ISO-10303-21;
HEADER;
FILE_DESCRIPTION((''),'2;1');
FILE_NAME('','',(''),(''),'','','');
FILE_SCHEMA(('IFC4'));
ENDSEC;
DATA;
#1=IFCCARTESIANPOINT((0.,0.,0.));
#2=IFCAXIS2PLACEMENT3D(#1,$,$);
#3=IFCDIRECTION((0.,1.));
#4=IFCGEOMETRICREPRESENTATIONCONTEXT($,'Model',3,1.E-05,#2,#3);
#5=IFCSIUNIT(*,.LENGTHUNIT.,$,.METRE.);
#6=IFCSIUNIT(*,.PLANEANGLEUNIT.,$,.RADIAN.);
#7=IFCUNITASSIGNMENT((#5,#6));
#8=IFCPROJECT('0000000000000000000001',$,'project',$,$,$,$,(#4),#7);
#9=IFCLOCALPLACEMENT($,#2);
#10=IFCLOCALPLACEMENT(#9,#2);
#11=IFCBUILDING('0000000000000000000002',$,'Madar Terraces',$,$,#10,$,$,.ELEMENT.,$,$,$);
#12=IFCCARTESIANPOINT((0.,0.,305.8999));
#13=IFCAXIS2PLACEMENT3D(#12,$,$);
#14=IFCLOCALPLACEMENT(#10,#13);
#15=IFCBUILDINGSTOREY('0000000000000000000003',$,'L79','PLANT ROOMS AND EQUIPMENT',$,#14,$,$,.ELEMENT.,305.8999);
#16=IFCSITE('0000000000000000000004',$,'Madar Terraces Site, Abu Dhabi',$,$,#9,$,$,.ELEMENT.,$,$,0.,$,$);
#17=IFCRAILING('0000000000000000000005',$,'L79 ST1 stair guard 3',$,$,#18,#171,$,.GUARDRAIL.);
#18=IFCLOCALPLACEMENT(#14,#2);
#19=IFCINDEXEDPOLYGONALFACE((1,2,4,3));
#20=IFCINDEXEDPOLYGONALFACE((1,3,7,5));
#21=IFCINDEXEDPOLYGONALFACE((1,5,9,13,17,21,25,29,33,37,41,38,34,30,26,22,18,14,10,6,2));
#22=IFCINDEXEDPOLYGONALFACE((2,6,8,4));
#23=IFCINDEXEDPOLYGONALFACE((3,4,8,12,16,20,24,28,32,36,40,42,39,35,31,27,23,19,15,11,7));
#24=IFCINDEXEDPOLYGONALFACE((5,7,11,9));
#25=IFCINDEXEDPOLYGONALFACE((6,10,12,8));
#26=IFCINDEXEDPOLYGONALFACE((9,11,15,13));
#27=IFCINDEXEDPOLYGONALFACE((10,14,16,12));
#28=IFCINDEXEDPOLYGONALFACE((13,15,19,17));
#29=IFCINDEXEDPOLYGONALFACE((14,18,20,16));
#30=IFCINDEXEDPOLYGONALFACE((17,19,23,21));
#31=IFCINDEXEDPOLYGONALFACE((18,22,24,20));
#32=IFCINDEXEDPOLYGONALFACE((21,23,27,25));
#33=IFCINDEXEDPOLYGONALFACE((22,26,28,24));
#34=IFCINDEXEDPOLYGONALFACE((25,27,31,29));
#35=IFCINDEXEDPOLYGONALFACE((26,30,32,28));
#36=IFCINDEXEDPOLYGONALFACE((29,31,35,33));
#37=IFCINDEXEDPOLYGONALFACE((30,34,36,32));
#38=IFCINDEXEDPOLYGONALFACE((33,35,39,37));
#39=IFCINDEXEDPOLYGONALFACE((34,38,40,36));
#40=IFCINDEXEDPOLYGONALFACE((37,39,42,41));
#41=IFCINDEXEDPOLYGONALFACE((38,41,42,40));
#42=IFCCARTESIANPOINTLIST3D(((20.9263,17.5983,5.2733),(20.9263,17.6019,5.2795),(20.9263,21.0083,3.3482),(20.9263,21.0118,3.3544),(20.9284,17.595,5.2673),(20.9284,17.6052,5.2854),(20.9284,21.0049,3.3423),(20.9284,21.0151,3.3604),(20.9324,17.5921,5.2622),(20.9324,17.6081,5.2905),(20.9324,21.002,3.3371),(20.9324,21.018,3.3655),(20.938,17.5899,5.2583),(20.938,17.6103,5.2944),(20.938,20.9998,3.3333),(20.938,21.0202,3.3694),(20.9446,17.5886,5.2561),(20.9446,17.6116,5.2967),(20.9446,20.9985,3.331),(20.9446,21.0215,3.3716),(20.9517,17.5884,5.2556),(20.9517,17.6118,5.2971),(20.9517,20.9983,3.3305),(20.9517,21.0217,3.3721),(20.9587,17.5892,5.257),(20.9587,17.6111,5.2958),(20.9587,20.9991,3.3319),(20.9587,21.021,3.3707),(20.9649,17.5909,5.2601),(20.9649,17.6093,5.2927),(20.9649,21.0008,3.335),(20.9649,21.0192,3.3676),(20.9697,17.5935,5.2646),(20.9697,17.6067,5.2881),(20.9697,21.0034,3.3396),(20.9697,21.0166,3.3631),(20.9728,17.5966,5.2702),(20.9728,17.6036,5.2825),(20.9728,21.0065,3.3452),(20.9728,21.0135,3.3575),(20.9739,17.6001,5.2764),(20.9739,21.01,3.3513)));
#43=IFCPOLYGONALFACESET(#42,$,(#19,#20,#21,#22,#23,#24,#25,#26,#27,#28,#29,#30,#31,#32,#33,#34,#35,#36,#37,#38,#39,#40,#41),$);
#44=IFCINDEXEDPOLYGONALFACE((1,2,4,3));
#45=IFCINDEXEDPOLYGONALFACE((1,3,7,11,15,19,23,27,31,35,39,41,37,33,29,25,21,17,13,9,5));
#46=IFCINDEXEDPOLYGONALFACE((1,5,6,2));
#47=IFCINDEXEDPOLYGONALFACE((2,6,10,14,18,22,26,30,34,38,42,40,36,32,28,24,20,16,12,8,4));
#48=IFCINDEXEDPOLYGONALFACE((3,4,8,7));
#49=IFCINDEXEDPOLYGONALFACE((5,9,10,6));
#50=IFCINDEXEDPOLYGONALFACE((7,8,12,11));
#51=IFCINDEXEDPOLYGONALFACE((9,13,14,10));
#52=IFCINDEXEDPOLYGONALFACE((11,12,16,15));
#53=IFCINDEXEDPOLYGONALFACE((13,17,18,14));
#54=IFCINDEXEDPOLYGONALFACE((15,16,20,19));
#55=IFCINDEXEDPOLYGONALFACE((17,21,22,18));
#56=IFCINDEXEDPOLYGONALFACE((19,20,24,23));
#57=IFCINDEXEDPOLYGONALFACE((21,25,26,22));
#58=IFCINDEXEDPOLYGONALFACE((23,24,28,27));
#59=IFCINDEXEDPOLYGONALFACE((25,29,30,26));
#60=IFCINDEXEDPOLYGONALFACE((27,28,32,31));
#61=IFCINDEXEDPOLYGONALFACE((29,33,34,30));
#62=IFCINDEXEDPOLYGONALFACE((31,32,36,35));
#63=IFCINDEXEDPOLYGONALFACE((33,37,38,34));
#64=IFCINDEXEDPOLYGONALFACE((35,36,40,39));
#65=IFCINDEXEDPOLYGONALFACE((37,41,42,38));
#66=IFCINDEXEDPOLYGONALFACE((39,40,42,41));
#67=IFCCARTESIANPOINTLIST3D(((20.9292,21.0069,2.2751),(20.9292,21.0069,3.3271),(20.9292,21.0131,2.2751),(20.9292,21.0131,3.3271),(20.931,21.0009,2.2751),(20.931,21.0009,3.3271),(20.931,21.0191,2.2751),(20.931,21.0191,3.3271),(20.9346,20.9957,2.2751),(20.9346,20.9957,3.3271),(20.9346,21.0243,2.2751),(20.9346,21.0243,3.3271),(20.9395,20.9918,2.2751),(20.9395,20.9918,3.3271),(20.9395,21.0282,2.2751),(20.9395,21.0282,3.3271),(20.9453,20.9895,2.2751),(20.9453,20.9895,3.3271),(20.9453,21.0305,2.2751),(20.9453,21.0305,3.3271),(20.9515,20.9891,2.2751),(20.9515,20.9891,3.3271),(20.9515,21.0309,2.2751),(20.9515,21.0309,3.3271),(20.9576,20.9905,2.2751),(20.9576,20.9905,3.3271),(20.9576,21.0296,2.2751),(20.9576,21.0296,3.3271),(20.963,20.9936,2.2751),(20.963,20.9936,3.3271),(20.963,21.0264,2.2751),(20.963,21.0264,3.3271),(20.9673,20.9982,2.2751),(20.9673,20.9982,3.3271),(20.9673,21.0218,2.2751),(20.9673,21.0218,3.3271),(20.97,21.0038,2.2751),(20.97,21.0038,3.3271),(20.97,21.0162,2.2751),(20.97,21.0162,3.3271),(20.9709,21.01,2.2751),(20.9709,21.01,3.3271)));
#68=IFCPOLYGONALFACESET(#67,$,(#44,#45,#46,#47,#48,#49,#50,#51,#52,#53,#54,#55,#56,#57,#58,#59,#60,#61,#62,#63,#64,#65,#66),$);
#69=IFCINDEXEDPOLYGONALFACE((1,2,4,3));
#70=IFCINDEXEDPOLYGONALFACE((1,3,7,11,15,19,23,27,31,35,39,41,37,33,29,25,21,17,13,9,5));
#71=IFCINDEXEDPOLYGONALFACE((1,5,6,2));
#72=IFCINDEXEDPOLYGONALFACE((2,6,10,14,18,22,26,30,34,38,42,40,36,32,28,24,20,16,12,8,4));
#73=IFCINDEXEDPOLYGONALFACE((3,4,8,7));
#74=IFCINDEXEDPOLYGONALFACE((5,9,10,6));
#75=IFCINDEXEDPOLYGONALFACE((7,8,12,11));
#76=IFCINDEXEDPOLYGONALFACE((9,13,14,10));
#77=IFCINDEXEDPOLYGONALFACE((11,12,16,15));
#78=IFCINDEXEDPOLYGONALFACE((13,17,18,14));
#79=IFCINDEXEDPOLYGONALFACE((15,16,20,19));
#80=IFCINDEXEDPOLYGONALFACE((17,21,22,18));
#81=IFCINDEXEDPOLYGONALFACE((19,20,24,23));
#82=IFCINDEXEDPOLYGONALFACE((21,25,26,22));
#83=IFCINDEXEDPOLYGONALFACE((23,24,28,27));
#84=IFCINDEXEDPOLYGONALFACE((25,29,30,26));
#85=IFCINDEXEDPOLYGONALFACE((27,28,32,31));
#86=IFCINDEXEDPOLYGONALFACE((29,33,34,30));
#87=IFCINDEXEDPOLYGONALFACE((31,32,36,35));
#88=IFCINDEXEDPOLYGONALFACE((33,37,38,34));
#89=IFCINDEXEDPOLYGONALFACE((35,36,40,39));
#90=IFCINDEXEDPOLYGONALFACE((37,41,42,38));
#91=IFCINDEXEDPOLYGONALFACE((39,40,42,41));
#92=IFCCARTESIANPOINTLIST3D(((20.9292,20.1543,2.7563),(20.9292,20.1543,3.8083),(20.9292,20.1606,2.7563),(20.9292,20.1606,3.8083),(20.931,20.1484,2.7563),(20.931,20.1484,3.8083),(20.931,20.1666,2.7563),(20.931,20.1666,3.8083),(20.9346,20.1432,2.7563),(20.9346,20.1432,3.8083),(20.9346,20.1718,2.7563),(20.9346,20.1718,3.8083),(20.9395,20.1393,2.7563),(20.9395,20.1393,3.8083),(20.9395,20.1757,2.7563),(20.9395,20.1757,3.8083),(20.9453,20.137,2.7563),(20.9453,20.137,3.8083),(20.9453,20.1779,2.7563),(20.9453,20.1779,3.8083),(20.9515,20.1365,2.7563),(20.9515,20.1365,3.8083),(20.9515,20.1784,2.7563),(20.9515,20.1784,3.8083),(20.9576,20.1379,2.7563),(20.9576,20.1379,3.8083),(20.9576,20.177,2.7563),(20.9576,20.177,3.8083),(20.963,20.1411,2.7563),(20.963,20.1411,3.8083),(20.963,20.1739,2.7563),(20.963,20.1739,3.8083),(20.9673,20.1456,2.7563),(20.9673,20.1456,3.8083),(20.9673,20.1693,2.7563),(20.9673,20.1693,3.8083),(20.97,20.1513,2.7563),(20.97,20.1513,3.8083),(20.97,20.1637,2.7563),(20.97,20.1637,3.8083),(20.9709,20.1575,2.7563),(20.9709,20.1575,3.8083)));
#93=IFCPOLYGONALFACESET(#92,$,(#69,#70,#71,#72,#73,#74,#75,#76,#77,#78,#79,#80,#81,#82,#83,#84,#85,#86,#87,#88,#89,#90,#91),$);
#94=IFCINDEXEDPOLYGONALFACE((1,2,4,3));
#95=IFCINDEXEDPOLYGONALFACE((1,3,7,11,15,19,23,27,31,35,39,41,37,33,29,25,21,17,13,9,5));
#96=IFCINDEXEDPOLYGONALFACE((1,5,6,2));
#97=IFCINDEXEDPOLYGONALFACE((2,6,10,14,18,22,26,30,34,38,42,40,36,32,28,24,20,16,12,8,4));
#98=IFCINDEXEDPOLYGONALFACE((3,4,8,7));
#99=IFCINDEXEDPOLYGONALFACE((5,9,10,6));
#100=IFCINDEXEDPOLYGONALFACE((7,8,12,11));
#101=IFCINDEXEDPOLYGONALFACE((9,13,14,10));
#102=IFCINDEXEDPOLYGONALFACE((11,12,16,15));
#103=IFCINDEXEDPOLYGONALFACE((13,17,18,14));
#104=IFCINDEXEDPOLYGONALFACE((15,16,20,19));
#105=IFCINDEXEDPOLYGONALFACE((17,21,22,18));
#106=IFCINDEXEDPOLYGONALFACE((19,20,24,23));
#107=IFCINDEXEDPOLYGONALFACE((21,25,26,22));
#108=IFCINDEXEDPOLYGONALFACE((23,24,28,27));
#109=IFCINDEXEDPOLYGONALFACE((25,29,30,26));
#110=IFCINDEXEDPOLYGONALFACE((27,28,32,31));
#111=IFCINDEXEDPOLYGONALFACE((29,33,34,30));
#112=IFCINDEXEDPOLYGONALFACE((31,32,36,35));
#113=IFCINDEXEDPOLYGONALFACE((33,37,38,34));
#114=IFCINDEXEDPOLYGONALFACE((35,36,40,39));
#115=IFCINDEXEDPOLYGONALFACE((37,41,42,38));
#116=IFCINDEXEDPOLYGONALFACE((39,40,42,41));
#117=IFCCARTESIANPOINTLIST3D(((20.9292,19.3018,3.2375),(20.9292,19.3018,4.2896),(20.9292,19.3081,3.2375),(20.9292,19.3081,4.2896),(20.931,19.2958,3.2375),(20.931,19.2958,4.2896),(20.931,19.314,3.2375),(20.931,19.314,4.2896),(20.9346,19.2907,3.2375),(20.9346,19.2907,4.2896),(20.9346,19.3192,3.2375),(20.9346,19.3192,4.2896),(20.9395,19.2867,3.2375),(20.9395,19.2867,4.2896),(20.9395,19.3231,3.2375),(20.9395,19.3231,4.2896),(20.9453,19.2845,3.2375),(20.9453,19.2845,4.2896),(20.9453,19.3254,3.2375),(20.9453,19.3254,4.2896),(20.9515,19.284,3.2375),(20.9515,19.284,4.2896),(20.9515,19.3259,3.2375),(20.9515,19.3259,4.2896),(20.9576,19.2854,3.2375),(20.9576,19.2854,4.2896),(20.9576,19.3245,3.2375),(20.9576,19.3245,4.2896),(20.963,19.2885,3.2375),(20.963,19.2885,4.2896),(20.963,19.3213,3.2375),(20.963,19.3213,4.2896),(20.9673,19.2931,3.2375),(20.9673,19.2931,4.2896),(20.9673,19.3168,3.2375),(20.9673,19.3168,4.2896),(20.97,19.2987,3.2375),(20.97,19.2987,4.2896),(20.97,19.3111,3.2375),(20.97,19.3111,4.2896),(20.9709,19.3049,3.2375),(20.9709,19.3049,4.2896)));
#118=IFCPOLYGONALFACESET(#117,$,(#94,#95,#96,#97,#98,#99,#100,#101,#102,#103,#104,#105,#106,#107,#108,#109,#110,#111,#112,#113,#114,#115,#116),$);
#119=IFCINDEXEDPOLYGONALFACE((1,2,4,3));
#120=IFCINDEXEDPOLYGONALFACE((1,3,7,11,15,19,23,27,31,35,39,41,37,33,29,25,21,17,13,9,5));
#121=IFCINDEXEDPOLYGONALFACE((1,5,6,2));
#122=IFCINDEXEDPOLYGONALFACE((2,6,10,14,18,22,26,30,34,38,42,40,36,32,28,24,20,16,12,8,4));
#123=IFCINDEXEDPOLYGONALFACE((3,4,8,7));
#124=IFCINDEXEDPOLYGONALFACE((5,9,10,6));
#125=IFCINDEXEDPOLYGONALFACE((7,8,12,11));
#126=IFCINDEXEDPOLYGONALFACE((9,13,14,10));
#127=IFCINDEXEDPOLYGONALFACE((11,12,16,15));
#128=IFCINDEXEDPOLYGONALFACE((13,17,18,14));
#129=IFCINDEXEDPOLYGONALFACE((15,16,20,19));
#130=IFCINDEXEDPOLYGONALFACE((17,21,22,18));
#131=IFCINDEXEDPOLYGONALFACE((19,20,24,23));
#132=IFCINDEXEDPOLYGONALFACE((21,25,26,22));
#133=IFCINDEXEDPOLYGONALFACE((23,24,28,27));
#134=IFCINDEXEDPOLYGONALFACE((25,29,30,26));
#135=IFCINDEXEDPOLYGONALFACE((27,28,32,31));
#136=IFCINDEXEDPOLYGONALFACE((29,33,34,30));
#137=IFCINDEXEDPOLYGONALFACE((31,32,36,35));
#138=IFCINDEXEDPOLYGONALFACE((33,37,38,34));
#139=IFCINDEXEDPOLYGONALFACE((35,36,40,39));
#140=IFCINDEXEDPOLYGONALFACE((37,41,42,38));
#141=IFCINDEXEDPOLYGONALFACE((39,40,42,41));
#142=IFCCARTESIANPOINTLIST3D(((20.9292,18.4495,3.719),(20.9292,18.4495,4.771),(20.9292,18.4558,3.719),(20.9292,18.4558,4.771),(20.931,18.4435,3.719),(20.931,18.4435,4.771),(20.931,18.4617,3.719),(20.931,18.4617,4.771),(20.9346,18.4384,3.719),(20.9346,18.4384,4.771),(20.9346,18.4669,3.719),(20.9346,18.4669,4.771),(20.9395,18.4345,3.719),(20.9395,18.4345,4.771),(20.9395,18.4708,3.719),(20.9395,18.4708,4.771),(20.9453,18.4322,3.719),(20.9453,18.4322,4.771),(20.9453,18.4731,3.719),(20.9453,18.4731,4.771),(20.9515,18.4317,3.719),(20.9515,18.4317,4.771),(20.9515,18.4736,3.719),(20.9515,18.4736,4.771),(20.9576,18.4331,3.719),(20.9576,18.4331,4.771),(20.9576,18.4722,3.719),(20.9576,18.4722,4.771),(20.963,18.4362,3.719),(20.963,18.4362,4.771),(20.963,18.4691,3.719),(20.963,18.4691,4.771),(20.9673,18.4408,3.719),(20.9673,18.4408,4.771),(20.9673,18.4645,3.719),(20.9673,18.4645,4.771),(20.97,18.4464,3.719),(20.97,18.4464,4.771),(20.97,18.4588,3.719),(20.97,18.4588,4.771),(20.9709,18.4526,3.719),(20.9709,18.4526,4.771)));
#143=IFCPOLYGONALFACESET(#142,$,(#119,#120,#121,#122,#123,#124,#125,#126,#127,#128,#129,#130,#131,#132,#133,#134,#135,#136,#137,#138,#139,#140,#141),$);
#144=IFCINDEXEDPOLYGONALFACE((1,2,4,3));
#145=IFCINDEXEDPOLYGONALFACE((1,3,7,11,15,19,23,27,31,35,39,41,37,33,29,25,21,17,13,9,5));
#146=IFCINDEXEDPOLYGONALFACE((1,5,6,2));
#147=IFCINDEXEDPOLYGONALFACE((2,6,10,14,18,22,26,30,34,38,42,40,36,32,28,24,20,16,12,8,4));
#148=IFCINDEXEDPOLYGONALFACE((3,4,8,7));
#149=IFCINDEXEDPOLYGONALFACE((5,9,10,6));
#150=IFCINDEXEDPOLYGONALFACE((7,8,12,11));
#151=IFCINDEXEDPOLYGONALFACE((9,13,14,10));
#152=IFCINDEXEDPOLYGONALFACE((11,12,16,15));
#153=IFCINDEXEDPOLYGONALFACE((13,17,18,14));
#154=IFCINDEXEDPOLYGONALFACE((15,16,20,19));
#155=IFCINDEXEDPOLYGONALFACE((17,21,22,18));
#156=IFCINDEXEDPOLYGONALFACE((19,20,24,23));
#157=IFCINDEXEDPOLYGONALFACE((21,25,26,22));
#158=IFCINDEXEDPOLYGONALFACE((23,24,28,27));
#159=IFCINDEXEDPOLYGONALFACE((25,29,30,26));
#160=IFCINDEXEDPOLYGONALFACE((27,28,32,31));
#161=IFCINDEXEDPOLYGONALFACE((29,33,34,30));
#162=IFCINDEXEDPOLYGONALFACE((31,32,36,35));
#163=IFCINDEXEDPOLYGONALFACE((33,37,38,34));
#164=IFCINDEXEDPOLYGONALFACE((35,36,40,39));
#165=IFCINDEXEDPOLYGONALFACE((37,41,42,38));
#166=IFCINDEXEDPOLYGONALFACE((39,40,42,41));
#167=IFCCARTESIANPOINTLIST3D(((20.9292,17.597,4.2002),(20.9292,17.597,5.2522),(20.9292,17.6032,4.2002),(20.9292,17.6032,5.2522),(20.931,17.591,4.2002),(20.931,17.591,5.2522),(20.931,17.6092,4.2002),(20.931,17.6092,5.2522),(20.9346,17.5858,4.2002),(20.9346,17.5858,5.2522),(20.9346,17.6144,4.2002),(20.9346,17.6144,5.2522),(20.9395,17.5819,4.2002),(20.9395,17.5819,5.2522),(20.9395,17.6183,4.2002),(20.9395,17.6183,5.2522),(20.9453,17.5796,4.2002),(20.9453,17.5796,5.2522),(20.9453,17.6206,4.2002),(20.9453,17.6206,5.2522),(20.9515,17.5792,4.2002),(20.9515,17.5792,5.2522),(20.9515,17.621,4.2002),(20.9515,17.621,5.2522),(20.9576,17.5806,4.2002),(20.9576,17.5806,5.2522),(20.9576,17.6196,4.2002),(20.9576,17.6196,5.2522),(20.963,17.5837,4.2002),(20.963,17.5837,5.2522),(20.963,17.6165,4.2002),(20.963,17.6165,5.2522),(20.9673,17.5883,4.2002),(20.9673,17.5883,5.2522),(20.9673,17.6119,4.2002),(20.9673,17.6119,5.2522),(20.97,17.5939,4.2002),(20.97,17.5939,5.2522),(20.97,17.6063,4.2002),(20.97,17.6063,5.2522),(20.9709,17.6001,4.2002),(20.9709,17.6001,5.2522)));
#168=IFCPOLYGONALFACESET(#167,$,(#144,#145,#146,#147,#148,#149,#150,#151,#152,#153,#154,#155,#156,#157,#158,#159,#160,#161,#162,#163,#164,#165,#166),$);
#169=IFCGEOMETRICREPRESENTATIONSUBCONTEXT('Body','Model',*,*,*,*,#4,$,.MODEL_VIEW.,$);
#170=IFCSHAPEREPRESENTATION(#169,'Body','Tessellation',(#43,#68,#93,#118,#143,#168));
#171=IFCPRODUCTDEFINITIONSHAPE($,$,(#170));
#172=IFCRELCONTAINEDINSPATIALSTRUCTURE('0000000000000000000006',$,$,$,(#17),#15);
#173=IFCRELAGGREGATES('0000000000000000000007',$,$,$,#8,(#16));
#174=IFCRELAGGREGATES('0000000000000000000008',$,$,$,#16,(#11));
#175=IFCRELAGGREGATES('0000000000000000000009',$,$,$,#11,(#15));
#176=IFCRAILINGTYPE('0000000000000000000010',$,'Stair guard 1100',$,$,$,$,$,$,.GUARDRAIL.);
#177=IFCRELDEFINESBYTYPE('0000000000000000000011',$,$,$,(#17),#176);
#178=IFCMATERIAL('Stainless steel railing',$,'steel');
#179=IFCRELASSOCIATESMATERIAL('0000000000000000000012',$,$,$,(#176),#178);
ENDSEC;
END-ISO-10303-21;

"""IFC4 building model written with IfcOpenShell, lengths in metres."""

from ifc_helpers import new_model, si_unit, direction, frame, origin, origin_2d, place, context, subcontext, project, spatial, circle, extrude, material, type_object, element, save


model = new_model("IFC4")

# Units and contexts
model_context = context("Model", 3, precision=1e-05, world=origin(), true_north=direction((0.0, 1.0)))
body_context = subcontext(model_context, "Body", "Model", "MODEL_VIEW")
ifc_project = project(units=[si_unit("LENGTHUNIT", "METRE"), si_unit("PLANEANGLEUNIT", "RADIAN")], contexts=[model_context])

# Site, building, storey
site_placement = place(None, origin())
site = spatial("IfcSite", under=ifc_project, at=site_placement, Name="Madar Terraces Site, Abu Dhabi", CompositionType="ELEMENT", RefElevation=0.0)
building_placement = place(site_placement, origin())
building = spatial("IfcBuilding", under=site, at=building_placement, Name="Madar Terraces", CompositionType="ELEMENT")
storey_placement = place(building_placement, frame((0.0, 0.0, 305.8999)))
storey = spatial("IfcBuildingStorey", under=building, at=storey_placement, Name="L79", Description="PLANT ROOMS AND EQUIPMENT", CompositionType="ELEMENT", Elevation=305.8999)

# Railing
ifc_material_1 = material(Name="Stainless steel railing", Category="steel")
railing_type_1 = type_object("IfcRailingType", Name="Stair guard 1100", PredefinedType="GUARDRAIL", material=ifc_material_1)
railing_1_placement = place(storey_placement, frame((20.95, 21.01, 2.2751)))
element("IfcRailing", 1, at=railing_1_placement, inside=storey, type_object=railing_type_1, Name="L79 ST1 stair guard 3", PredefinedType="GUARDRAIL", context=body_context, shape_type="SweptSolid", body=[
    extrude(circle(Radius=0.0239, at=origin_2d()), frame((0.0, 0.0, 1.0762), z_axis=(0.0, -0.870814, 0.491613), x_axis=(1.0, 0.0, 0.0)), (0.0, 0.0, 1.0), 3.9158),
    extrude(circle(Radius=0.021, at=origin_2d()), origin(), (0.0, 0.0, 1.0), 1.052),
    extrude(circle(Radius=0.021, at=origin_2d()), frame((0.0, -0.8525, 0.4812)), (0.0, 0.0, 1.0), 1.052),
    extrude(circle(Radius=0.021, at=origin_2d()), frame((0.0, -1.7051, 0.9624)), (0.0, 0.0, 1.0), 1.052),
    extrude(circle(Radius=0.021, at=origin_2d()), frame((0.0, -2.5574, 1.4438)), (0.0, 0.0, 1.0), 1.052),
    extrude(circle(Radius=0.021, at=origin_2d()), frame((0.0, -3.4099, 1.925)), (0.0, 0.0, 1.0), 1.052),
])

save(model, "model.ifc")
